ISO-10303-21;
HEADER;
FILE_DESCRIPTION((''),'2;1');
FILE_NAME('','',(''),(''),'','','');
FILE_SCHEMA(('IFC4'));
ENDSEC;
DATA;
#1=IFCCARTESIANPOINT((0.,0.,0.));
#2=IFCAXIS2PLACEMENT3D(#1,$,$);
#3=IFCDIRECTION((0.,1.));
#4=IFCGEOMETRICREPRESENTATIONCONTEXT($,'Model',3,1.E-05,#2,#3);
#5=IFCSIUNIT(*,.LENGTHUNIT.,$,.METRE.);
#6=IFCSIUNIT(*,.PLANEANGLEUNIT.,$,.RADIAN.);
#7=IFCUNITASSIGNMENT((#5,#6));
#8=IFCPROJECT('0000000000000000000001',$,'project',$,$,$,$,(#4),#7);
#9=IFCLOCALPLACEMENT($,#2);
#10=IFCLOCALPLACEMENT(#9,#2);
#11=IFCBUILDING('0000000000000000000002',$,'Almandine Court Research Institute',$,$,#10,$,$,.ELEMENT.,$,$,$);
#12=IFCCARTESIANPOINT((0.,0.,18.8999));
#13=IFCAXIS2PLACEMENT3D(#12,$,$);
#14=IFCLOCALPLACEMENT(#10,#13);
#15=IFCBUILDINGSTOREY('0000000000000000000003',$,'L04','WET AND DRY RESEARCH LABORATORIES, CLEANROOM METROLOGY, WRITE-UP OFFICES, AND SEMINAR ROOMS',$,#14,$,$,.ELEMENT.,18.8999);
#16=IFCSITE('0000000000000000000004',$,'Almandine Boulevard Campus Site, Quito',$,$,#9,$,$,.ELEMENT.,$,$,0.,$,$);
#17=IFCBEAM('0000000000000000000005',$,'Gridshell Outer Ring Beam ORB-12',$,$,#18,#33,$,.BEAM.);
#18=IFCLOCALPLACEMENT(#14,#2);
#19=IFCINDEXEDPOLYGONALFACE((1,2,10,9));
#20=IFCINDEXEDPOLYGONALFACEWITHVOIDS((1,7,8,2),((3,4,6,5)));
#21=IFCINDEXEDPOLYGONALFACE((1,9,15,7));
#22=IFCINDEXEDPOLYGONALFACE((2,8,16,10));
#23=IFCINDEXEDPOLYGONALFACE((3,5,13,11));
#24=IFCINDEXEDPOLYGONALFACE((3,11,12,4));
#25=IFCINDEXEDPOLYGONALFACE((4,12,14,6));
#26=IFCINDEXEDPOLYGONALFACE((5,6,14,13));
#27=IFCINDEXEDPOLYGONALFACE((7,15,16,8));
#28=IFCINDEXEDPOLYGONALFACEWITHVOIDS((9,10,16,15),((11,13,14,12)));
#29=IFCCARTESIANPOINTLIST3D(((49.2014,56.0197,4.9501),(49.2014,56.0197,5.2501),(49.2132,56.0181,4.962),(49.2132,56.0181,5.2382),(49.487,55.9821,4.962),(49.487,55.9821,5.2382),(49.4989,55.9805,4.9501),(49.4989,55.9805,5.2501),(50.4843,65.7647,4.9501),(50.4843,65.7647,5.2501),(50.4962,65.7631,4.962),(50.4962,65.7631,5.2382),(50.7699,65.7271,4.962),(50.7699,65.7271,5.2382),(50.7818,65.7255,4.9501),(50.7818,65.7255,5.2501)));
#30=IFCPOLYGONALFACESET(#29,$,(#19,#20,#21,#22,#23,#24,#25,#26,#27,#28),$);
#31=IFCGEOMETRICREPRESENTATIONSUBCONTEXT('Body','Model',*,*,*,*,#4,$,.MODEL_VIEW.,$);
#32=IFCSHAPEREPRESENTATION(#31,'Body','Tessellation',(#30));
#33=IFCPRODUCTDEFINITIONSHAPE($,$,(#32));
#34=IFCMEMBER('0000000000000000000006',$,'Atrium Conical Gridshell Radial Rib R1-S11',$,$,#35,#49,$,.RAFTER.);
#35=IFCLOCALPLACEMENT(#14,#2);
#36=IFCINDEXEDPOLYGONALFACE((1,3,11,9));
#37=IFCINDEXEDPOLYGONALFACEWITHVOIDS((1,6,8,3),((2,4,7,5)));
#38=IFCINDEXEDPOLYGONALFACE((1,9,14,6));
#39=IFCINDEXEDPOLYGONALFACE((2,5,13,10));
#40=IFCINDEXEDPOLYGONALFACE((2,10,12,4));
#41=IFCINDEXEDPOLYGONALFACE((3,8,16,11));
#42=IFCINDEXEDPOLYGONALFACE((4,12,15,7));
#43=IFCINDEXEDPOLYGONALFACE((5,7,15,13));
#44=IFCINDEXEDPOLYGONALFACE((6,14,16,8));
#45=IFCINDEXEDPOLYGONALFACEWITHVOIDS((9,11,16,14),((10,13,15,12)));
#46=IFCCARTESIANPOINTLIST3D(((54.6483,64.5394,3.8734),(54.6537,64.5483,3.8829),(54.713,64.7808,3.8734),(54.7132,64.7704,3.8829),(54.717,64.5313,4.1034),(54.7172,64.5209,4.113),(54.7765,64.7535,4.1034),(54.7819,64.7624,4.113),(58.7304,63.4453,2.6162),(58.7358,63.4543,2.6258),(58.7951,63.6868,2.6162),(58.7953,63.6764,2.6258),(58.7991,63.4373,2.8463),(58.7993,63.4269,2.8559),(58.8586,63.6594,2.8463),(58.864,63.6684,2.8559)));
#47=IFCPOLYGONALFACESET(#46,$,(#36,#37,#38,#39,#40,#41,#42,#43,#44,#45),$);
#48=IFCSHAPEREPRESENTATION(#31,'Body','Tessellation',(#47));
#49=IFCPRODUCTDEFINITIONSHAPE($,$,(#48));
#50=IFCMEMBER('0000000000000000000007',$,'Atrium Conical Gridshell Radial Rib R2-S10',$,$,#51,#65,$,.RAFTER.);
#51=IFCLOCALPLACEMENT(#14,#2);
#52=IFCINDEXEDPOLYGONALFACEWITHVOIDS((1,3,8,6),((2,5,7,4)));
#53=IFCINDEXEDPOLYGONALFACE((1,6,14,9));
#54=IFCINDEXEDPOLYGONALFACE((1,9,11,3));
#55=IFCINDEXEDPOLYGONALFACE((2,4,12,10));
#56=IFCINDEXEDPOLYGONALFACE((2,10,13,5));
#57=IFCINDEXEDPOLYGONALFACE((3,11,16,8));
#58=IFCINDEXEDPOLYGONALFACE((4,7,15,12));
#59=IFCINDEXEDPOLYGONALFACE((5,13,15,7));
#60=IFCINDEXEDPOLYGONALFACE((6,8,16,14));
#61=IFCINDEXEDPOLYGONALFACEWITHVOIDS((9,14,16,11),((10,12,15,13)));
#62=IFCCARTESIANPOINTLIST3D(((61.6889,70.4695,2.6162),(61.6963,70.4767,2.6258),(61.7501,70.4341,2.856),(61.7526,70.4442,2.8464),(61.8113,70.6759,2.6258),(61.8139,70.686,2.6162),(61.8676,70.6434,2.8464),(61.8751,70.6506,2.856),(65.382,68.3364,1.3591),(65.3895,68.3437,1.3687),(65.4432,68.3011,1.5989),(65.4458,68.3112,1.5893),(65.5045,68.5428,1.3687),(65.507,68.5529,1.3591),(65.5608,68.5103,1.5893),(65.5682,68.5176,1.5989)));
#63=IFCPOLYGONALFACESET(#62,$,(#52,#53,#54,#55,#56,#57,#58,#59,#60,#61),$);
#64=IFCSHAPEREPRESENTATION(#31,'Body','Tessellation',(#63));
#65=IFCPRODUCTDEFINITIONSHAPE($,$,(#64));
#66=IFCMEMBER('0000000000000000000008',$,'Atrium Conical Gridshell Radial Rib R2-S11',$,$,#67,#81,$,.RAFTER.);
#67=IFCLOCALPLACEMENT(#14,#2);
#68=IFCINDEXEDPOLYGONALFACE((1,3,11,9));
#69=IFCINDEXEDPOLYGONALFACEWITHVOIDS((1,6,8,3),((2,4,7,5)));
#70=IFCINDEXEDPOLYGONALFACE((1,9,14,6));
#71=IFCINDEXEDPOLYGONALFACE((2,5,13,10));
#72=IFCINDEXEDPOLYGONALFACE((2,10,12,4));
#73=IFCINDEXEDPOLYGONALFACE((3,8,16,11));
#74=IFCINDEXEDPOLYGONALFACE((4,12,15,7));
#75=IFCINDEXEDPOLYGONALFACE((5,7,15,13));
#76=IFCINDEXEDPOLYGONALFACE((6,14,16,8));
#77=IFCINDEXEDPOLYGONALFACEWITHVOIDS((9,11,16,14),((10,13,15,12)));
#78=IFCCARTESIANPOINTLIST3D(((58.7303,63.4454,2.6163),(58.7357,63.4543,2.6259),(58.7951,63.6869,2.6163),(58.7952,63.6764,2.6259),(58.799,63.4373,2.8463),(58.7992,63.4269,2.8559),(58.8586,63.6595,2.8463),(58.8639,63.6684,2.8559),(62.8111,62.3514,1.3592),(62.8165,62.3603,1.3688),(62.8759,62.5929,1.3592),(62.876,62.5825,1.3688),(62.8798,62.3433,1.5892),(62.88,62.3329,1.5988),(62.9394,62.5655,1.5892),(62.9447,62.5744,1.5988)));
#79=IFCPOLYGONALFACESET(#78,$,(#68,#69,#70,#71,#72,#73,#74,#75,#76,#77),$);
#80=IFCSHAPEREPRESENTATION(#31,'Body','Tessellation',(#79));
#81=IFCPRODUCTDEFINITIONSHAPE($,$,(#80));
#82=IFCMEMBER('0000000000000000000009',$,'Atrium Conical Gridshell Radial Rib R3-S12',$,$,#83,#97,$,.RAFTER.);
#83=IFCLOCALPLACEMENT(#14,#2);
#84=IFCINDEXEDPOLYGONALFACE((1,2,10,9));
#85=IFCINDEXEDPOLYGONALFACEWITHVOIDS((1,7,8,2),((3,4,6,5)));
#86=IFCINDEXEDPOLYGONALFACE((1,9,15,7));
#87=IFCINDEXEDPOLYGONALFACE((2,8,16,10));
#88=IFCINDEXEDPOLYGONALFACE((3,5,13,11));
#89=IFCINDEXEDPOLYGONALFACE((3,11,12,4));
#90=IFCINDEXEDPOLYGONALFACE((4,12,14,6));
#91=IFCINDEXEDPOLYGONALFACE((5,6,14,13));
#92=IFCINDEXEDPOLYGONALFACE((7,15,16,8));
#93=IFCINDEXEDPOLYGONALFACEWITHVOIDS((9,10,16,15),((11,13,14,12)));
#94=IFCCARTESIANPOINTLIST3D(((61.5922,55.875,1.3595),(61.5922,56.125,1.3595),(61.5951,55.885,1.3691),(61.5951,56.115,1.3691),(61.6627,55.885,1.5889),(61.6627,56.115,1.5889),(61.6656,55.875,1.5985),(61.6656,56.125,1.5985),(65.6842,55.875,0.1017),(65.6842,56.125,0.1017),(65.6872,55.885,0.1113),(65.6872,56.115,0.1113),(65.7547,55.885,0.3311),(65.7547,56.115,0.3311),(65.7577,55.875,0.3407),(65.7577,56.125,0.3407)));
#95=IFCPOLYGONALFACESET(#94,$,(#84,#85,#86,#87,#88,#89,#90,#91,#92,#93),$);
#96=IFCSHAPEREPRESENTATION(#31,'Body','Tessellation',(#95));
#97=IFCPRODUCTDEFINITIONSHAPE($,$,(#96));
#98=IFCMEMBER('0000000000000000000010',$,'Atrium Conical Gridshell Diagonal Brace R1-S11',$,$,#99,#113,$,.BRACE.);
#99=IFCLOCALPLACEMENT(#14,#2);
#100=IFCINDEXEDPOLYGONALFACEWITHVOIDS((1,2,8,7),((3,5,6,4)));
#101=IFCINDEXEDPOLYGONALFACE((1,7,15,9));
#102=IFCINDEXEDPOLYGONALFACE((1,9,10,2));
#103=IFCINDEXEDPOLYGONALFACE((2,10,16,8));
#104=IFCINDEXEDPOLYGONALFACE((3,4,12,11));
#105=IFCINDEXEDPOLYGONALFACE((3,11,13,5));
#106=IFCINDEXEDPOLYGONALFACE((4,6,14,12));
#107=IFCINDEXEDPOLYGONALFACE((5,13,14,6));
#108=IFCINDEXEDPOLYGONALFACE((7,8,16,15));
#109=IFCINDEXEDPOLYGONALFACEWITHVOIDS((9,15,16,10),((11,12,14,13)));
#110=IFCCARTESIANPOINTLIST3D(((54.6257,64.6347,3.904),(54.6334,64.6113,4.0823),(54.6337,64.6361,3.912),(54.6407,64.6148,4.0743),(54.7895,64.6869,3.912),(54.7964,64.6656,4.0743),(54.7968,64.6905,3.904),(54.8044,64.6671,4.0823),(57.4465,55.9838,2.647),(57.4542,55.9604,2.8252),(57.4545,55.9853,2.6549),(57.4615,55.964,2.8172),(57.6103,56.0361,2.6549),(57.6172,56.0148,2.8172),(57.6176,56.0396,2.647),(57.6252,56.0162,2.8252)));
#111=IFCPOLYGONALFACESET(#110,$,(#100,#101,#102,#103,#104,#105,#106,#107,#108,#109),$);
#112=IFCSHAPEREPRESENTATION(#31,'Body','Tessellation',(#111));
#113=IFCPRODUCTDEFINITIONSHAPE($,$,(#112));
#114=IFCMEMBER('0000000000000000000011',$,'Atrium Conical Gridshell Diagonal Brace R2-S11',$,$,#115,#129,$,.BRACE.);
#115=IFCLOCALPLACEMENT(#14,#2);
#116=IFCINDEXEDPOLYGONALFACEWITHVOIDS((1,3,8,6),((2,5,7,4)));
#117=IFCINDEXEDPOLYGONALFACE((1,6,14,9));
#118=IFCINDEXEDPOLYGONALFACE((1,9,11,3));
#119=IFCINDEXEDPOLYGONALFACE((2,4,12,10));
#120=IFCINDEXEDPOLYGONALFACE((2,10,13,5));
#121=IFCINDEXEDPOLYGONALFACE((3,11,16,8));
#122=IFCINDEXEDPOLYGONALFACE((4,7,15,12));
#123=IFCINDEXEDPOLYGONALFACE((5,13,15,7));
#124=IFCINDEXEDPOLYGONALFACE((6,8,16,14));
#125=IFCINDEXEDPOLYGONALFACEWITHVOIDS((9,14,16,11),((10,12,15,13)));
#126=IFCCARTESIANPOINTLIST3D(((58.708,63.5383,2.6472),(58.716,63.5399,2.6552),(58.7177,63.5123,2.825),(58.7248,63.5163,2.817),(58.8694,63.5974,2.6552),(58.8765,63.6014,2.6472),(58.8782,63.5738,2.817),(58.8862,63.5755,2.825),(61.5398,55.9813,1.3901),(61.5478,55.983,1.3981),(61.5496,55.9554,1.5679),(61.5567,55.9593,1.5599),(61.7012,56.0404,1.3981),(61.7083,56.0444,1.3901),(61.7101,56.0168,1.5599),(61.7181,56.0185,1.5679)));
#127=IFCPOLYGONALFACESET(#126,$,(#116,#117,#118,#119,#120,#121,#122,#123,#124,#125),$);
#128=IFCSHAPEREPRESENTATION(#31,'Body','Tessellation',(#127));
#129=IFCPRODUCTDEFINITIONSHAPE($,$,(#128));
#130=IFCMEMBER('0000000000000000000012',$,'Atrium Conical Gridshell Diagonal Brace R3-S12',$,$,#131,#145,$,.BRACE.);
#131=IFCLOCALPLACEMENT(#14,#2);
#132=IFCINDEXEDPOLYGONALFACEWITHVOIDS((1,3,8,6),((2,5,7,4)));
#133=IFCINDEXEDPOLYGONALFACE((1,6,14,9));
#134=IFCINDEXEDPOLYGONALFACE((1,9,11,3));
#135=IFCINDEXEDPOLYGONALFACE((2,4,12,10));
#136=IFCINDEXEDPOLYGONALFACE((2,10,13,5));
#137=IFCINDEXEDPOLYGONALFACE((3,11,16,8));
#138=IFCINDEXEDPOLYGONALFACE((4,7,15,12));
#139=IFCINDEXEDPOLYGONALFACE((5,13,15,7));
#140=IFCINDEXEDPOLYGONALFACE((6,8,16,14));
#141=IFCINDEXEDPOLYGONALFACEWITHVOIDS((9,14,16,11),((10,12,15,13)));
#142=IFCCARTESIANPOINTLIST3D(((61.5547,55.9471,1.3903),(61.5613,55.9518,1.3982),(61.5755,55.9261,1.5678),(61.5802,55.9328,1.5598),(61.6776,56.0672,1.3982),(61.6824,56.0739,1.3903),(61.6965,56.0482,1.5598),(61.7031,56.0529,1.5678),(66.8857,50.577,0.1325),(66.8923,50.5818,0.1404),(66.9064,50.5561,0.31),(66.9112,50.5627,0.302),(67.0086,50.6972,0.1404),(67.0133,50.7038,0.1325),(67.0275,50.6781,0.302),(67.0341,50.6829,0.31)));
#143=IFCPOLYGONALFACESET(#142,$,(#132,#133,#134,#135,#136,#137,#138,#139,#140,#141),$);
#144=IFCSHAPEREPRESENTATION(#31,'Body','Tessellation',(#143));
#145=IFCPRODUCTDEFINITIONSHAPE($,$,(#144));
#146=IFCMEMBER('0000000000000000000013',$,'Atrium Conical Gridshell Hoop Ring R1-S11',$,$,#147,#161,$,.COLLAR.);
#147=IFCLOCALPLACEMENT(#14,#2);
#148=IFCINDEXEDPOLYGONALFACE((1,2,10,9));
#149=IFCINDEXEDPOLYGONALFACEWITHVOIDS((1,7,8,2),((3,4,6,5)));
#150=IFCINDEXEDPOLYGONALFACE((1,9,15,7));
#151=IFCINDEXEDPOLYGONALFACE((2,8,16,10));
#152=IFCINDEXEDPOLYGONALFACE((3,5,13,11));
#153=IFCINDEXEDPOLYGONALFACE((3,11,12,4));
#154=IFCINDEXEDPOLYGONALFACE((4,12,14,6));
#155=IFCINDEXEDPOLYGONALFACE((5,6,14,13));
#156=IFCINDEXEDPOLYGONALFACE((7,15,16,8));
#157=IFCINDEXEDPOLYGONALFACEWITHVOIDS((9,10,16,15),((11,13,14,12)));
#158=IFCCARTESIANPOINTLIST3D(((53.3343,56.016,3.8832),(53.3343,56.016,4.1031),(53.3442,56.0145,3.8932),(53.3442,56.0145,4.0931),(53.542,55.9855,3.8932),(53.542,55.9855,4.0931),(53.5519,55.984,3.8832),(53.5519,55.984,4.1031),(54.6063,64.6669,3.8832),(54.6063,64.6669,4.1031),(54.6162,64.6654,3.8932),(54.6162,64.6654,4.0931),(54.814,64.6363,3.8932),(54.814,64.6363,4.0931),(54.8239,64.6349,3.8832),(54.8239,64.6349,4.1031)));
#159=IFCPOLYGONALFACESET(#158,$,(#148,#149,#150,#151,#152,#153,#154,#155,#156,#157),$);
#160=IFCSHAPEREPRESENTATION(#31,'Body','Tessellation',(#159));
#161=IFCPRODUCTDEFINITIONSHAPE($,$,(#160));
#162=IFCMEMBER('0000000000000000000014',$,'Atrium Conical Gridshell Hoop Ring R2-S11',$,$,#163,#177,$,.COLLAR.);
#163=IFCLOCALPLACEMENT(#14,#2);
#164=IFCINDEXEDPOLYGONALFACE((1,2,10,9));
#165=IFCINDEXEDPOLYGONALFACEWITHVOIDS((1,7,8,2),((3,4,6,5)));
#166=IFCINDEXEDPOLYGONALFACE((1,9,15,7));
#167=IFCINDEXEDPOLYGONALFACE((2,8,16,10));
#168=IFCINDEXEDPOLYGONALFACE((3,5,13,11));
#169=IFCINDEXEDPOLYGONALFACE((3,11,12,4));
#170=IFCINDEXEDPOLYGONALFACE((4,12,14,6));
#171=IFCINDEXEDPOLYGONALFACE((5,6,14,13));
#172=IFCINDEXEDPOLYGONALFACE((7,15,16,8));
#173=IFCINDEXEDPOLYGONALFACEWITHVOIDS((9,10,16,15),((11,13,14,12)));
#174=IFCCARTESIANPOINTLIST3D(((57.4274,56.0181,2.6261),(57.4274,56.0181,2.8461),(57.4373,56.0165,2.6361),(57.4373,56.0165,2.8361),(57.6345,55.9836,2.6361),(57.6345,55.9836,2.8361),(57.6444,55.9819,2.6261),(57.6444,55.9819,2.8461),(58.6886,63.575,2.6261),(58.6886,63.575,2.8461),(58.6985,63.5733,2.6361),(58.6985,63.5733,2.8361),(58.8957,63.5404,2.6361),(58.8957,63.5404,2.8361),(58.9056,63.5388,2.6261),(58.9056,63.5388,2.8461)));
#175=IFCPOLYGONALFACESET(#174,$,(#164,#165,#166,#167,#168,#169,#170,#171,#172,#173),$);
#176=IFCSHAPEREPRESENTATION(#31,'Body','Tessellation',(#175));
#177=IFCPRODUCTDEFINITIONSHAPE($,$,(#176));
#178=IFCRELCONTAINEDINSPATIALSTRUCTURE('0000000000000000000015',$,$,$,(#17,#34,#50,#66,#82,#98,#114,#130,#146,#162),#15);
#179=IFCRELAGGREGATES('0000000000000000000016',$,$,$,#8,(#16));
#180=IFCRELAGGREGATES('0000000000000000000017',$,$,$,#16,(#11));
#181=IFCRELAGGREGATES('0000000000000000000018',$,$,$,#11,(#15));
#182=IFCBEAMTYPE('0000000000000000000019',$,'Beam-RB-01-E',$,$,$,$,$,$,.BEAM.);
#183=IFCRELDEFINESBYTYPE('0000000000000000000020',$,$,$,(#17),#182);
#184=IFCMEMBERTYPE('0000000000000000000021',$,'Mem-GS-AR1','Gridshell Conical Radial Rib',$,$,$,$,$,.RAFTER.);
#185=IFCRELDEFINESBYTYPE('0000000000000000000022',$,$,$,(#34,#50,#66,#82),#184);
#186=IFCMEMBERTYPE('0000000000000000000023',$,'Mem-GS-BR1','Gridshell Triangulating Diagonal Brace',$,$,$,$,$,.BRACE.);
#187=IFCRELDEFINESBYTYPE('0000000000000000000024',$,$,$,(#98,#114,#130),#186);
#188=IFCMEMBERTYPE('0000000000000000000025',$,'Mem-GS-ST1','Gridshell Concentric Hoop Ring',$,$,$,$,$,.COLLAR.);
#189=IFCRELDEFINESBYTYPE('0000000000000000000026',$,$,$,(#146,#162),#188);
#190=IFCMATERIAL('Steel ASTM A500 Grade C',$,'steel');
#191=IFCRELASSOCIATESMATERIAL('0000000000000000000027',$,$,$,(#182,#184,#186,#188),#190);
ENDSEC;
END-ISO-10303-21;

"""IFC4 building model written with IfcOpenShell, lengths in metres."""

from ifc_helpers import new_model, si_unit, direction, frame, origin, origin_2d, place, context, subcontext, project, spatial, hollow_rectangle, extrude, material, material_profile, profile_set, type_object, element, save


model = new_model("IFC4")

# Units and contexts
model_context = context("Model", 3, precision=1e-05, world=origin(), true_north=direction((0.0, 1.0)))
body_context = subcontext(model_context, "Body", "Model", "MODEL_VIEW")
ifc_project = project(units=[si_unit("LENGTHUNIT", "METRE"), si_unit("PLANEANGLEUNIT", "RADIAN")], contexts=[model_context])

# Site, building, storey
site_placement = place(None, origin())
site = spatial("IfcSite", under=ifc_project, at=site_placement, Name="Almandine Boulevard Campus Site, Quito", CompositionType="ELEMENT", RefElevation=0.0)
building_placement = place(site_placement, origin())
building = spatial("IfcBuilding", under=site, at=building_placement, Name="Almandine Court Research Institute", CompositionType="ELEMENT")
storey_placement = place(building_placement, frame((0.0, 0.0, 18.8999)))
storey = spatial("IfcBuildingStorey", under=building, at=storey_placement, Name="L04", Description="WET AND DRY RESEARCH LABORATORIES, CLEANROOM METROLOGY, WRITE-UP OFFICES, AND SEMINAR ROOMS", CompositionType="ELEMENT", Elevation=18.8999)

# Beam
ifc_material_1 = material(Name="Steel ASTM A500 Grade C", Category="steel")
ifc_material_profile_1 = material_profile(ifc_material_1, hollow_rectangle(XDim=0.3, YDim=0.3, WallThickness=0.012, at=origin_2d()), Name="HSS 300x300x12")
ifc_profile_set_1 = profile_set([ifc_material_profile_1], Name="Steel ASTM A500 Grade C")
beam_type = type_object("IfcBeamType", Name="Beam-RB-01-E", PredefinedType="BEAM", material=ifc_profile_set_1)
beam_placement = place(storey_placement, frame((50.6331, 65.7451, 5.1001), z_axis=(-0.130525, -0.991445, 0.0), x_axis=(0.991445, -0.130525, 0.0)))
element("IfcBeam", 1, at=beam_placement, inside=storey, type_object=beam_type, Name="Gridshell Outer Ring Beam ORB-12", PredefinedType="BEAM", context=body_context, shape_type="SweptSolid", body=[
    extrude(hollow_rectangle(XDim=0.3, YDim=0.3, WallThickness=0.012, at=origin_2d()), origin(), (0.0, 0.0, 1.0), 9.8291),
])

# Members
ifc_material_profile_2 = material_profile(ifc_material_1, hollow_rectangle(XDim=0.25, YDim=0.25, WallThickness=0.01, at=origin_2d()), Name="HSS 250x250x10")
ifc_profile_set_2 = profile_set([ifc_material_profile_2], Name="Steel ASTM A500 Grade C")
member_type_1 = type_object("IfcMemberType", Name="Mem-GS-AR1", Description="Gridshell Conical Radial Rib", PredefinedType="RAFTER", material=ifc_profile_set_2)
member_1_placement = place(storey_placement, frame((54.7151, 64.6509, 3.9932), z_axis=(0.925822, -0.248123, -0.285111), x_axis=(0.258867, 0.965913, 0.0)))
element("IfcMember", 2, at=member_1_placement, inside=storey, type_object=member_type_1, Name="Atrium Conical Gridshell Radial Rib R1-S11", PredefinedType="RAFTER", context=body_context, shape_type="SweptSolid", body=[
    extrude(hollow_rectangle(XDim=0.25, YDim=0.25, WallThickness=0.01, at=origin_2d()), origin(), (0.0, 0.0, 1.0), 4.4092),
])
member_2_placement = place(storey_placement, frame((61.782, 70.5601, 2.7361), z_axis=(0.830611, -0.479741, -0.282727), x_axis=(0.500147, 0.865941, 0.0)))
element("IfcMember", 3, at=member_2_placement, inside=storey, type_object=member_type_1, Name="Atrium Conical Gridshell Radial Rib R2-S10", PredefinedType="RAFTER", context=body_context, shape_type="SweptSolid", body=[
    extrude(hollow_rectangle(XDim=0.25, YDim=0.25, WallThickness=0.01, at=origin_2d()), origin(), (0.0, 0.0, 1.0), 4.4463),
])
member_3_placement = place(storey_placement, frame((58.7971, 63.5569, 2.7361), z_axis=(0.925783, -0.248186, -0.285184), x_axis=(0.258939, 0.965894, 0.0)))
element("IfcMember", 4, at=member_3_placement, inside=storey, type_object=member_type_1, Name="Atrium Conical Gridshell Radial Rib R2-S11", PredefinedType="RAFTER", context=body_context, shape_type="SweptSolid", body=[
    extrude(hollow_rectangle(XDim=0.25, YDim=0.25, WallThickness=0.01, at=origin_2d()), origin(), (0.0, 0.0, 1.0), 4.408),
])
member_4_placement = place(storey_placement, frame((61.6289, 56.0, 1.479), z_axis=(0.955863, 0.0, -0.293813), x_axis=(0.0, 1.0, 0.0)))
element("IfcMember", 5, at=member_4_placement, inside=storey, type_object=member_type_1, Name="Atrium Conical Gridshell Radial Rib R3-S12", PredefinedType="RAFTER", context=body_context, shape_type="SweptSolid", body=[
    extrude(hollow_rectangle(XDim=0.25, YDim=0.25, WallThickness=0.01, at=origin_2d()), origin(), (0.0, 0.0, 1.0), 4.281),
])
ifc_material_profile_3 = material_profile(ifc_material_1, hollow_rectangle(XDim=0.1799, YDim=0.1799, WallThickness=0.0081, at=origin_2d()), Name="HSS 180x180x8")
ifc_profile_set_3 = profile_set([ifc_material_profile_3], Name="Steel ASTM A500 Grade C")
member_type_2 = type_object("IfcMemberType", Name="Mem-GS-BR1", Description="Gridshell Triangulating Diagonal Brace", PredefinedType="BRACE", material=ifc_profile_set_3)
member_5_placement = place(storey_placement, frame((54.7151, 64.6509, 3.9932), z_axis=(0.30709, -0.941789, -0.136854), x_axis=(0.950734, 0.310007, 0.0)))
element("IfcMember", 6, at=member_5_placement, inside=storey, type_object=member_type_2, Name="Atrium Conical Gridshell Diagonal Brace R1-S11", PredefinedType="BRACE", context=body_context, shape_type="SweptSolid", body=[
    extrude(hollow_rectangle(XDim=0.1799, YDim=0.1799, WallThickness=0.0081, at=origin_2d()), origin(), (0.0, 0.0, 1.0), 9.1855),
])
member_6_placement = place(storey_placement, frame((58.7971, 63.5569, 2.7361), z_axis=(0.34672, -0.925254, -0.153915), x_axis=(0.936412, 0.350901, 0.0)))
element("IfcMember", 7, at=member_6_placement, inside=storey, type_object=member_type_2, Name="Atrium Conical Gridshell Diagonal Brace R2-S11", PredefinedType="BRACE", context=body_context, shape_type="SweptSolid", body=[
    extrude(hollow_rectangle(XDim=0.1799, YDim=0.1799, WallThickness=0.0081, at=origin_2d()), origin(), (0.0, 0.0, 1.0), 8.1675),
])
member_7_placement = place(storey_placement, frame((61.6289, 56.0, 1.479), z_axis=(0.694985, -0.700077, -0.163975), x_axis=(0.709683, 0.704521, 0.0)))
element("IfcMember", 8, at=member_7_placement, inside=storey, type_object=member_type_2, Name="Atrium Conical Gridshell Diagonal Brace R3-S12", PredefinedType="BRACE", context=body_context, shape_type="SweptSolid", body=[
    extrude(hollow_rectangle(XDim=0.1799, YDim=0.1799, WallThickness=0.0081, at=origin_2d()), origin(), (0.0, 0.0, 1.0), 7.6707),
])
ifc_material_profile_4 = material_profile(ifc_material_1, hollow_rectangle(XDim=0.22, YDim=0.22, WallThickness=0.01, at=origin_2d()), Name="HSS 220x220x10")
ifc_profile_set_4 = profile_set([ifc_material_profile_4], Name="Steel ASTM A500 Grade C")
member_type_3 = type_object("IfcMemberType", Name="Mem-GS-ST1", Description="Gridshell Concentric Hoop Ring", PredefinedType="COLLAR", material=ifc_profile_set_4)
member_8_placement = place(storey_placement, frame((54.7151, 64.6509, 3.9932), z_axis=(-0.14547, -0.989363, 0.0), x_axis=(0.989363, -0.14547, 0.0)))
element("IfcMember", 9, at=member_8_placement, inside=storey, type_object=member_type_3, Name="Atrium Conical Gridshell Hoop Ring R1-S11", PredefinedType="COLLAR", context=body_context, shape_type="SweptSolid", body=[
    extrude(hollow_rectangle(XDim=0.22, YDim=0.22, WallThickness=0.01, at=origin_2d()), origin(), (0.0, 0.0, 1.0), 8.7439),
])
member_9_placement = place(storey_placement, frame((58.7971, 63.5569, 2.7361), z_axis=(-0.164621, -0.986357, 0.0), x_axis=(0.986357, -0.164621, 0.0)))
element("IfcMember", 10, at=member_9_placement, inside=storey, type_object=member_type_3, Name="Atrium Conical Gridshell Hoop Ring R2-S11", PredefinedType="COLLAR", context=body_context, shape_type="SweptSolid", body=[
    extrude(hollow_rectangle(XDim=0.22, YDim=0.22, WallThickness=0.01, at=origin_2d()), origin(), (0.0, 0.0, 1.0), 7.6614),
])

save(model, "model.ifc")
